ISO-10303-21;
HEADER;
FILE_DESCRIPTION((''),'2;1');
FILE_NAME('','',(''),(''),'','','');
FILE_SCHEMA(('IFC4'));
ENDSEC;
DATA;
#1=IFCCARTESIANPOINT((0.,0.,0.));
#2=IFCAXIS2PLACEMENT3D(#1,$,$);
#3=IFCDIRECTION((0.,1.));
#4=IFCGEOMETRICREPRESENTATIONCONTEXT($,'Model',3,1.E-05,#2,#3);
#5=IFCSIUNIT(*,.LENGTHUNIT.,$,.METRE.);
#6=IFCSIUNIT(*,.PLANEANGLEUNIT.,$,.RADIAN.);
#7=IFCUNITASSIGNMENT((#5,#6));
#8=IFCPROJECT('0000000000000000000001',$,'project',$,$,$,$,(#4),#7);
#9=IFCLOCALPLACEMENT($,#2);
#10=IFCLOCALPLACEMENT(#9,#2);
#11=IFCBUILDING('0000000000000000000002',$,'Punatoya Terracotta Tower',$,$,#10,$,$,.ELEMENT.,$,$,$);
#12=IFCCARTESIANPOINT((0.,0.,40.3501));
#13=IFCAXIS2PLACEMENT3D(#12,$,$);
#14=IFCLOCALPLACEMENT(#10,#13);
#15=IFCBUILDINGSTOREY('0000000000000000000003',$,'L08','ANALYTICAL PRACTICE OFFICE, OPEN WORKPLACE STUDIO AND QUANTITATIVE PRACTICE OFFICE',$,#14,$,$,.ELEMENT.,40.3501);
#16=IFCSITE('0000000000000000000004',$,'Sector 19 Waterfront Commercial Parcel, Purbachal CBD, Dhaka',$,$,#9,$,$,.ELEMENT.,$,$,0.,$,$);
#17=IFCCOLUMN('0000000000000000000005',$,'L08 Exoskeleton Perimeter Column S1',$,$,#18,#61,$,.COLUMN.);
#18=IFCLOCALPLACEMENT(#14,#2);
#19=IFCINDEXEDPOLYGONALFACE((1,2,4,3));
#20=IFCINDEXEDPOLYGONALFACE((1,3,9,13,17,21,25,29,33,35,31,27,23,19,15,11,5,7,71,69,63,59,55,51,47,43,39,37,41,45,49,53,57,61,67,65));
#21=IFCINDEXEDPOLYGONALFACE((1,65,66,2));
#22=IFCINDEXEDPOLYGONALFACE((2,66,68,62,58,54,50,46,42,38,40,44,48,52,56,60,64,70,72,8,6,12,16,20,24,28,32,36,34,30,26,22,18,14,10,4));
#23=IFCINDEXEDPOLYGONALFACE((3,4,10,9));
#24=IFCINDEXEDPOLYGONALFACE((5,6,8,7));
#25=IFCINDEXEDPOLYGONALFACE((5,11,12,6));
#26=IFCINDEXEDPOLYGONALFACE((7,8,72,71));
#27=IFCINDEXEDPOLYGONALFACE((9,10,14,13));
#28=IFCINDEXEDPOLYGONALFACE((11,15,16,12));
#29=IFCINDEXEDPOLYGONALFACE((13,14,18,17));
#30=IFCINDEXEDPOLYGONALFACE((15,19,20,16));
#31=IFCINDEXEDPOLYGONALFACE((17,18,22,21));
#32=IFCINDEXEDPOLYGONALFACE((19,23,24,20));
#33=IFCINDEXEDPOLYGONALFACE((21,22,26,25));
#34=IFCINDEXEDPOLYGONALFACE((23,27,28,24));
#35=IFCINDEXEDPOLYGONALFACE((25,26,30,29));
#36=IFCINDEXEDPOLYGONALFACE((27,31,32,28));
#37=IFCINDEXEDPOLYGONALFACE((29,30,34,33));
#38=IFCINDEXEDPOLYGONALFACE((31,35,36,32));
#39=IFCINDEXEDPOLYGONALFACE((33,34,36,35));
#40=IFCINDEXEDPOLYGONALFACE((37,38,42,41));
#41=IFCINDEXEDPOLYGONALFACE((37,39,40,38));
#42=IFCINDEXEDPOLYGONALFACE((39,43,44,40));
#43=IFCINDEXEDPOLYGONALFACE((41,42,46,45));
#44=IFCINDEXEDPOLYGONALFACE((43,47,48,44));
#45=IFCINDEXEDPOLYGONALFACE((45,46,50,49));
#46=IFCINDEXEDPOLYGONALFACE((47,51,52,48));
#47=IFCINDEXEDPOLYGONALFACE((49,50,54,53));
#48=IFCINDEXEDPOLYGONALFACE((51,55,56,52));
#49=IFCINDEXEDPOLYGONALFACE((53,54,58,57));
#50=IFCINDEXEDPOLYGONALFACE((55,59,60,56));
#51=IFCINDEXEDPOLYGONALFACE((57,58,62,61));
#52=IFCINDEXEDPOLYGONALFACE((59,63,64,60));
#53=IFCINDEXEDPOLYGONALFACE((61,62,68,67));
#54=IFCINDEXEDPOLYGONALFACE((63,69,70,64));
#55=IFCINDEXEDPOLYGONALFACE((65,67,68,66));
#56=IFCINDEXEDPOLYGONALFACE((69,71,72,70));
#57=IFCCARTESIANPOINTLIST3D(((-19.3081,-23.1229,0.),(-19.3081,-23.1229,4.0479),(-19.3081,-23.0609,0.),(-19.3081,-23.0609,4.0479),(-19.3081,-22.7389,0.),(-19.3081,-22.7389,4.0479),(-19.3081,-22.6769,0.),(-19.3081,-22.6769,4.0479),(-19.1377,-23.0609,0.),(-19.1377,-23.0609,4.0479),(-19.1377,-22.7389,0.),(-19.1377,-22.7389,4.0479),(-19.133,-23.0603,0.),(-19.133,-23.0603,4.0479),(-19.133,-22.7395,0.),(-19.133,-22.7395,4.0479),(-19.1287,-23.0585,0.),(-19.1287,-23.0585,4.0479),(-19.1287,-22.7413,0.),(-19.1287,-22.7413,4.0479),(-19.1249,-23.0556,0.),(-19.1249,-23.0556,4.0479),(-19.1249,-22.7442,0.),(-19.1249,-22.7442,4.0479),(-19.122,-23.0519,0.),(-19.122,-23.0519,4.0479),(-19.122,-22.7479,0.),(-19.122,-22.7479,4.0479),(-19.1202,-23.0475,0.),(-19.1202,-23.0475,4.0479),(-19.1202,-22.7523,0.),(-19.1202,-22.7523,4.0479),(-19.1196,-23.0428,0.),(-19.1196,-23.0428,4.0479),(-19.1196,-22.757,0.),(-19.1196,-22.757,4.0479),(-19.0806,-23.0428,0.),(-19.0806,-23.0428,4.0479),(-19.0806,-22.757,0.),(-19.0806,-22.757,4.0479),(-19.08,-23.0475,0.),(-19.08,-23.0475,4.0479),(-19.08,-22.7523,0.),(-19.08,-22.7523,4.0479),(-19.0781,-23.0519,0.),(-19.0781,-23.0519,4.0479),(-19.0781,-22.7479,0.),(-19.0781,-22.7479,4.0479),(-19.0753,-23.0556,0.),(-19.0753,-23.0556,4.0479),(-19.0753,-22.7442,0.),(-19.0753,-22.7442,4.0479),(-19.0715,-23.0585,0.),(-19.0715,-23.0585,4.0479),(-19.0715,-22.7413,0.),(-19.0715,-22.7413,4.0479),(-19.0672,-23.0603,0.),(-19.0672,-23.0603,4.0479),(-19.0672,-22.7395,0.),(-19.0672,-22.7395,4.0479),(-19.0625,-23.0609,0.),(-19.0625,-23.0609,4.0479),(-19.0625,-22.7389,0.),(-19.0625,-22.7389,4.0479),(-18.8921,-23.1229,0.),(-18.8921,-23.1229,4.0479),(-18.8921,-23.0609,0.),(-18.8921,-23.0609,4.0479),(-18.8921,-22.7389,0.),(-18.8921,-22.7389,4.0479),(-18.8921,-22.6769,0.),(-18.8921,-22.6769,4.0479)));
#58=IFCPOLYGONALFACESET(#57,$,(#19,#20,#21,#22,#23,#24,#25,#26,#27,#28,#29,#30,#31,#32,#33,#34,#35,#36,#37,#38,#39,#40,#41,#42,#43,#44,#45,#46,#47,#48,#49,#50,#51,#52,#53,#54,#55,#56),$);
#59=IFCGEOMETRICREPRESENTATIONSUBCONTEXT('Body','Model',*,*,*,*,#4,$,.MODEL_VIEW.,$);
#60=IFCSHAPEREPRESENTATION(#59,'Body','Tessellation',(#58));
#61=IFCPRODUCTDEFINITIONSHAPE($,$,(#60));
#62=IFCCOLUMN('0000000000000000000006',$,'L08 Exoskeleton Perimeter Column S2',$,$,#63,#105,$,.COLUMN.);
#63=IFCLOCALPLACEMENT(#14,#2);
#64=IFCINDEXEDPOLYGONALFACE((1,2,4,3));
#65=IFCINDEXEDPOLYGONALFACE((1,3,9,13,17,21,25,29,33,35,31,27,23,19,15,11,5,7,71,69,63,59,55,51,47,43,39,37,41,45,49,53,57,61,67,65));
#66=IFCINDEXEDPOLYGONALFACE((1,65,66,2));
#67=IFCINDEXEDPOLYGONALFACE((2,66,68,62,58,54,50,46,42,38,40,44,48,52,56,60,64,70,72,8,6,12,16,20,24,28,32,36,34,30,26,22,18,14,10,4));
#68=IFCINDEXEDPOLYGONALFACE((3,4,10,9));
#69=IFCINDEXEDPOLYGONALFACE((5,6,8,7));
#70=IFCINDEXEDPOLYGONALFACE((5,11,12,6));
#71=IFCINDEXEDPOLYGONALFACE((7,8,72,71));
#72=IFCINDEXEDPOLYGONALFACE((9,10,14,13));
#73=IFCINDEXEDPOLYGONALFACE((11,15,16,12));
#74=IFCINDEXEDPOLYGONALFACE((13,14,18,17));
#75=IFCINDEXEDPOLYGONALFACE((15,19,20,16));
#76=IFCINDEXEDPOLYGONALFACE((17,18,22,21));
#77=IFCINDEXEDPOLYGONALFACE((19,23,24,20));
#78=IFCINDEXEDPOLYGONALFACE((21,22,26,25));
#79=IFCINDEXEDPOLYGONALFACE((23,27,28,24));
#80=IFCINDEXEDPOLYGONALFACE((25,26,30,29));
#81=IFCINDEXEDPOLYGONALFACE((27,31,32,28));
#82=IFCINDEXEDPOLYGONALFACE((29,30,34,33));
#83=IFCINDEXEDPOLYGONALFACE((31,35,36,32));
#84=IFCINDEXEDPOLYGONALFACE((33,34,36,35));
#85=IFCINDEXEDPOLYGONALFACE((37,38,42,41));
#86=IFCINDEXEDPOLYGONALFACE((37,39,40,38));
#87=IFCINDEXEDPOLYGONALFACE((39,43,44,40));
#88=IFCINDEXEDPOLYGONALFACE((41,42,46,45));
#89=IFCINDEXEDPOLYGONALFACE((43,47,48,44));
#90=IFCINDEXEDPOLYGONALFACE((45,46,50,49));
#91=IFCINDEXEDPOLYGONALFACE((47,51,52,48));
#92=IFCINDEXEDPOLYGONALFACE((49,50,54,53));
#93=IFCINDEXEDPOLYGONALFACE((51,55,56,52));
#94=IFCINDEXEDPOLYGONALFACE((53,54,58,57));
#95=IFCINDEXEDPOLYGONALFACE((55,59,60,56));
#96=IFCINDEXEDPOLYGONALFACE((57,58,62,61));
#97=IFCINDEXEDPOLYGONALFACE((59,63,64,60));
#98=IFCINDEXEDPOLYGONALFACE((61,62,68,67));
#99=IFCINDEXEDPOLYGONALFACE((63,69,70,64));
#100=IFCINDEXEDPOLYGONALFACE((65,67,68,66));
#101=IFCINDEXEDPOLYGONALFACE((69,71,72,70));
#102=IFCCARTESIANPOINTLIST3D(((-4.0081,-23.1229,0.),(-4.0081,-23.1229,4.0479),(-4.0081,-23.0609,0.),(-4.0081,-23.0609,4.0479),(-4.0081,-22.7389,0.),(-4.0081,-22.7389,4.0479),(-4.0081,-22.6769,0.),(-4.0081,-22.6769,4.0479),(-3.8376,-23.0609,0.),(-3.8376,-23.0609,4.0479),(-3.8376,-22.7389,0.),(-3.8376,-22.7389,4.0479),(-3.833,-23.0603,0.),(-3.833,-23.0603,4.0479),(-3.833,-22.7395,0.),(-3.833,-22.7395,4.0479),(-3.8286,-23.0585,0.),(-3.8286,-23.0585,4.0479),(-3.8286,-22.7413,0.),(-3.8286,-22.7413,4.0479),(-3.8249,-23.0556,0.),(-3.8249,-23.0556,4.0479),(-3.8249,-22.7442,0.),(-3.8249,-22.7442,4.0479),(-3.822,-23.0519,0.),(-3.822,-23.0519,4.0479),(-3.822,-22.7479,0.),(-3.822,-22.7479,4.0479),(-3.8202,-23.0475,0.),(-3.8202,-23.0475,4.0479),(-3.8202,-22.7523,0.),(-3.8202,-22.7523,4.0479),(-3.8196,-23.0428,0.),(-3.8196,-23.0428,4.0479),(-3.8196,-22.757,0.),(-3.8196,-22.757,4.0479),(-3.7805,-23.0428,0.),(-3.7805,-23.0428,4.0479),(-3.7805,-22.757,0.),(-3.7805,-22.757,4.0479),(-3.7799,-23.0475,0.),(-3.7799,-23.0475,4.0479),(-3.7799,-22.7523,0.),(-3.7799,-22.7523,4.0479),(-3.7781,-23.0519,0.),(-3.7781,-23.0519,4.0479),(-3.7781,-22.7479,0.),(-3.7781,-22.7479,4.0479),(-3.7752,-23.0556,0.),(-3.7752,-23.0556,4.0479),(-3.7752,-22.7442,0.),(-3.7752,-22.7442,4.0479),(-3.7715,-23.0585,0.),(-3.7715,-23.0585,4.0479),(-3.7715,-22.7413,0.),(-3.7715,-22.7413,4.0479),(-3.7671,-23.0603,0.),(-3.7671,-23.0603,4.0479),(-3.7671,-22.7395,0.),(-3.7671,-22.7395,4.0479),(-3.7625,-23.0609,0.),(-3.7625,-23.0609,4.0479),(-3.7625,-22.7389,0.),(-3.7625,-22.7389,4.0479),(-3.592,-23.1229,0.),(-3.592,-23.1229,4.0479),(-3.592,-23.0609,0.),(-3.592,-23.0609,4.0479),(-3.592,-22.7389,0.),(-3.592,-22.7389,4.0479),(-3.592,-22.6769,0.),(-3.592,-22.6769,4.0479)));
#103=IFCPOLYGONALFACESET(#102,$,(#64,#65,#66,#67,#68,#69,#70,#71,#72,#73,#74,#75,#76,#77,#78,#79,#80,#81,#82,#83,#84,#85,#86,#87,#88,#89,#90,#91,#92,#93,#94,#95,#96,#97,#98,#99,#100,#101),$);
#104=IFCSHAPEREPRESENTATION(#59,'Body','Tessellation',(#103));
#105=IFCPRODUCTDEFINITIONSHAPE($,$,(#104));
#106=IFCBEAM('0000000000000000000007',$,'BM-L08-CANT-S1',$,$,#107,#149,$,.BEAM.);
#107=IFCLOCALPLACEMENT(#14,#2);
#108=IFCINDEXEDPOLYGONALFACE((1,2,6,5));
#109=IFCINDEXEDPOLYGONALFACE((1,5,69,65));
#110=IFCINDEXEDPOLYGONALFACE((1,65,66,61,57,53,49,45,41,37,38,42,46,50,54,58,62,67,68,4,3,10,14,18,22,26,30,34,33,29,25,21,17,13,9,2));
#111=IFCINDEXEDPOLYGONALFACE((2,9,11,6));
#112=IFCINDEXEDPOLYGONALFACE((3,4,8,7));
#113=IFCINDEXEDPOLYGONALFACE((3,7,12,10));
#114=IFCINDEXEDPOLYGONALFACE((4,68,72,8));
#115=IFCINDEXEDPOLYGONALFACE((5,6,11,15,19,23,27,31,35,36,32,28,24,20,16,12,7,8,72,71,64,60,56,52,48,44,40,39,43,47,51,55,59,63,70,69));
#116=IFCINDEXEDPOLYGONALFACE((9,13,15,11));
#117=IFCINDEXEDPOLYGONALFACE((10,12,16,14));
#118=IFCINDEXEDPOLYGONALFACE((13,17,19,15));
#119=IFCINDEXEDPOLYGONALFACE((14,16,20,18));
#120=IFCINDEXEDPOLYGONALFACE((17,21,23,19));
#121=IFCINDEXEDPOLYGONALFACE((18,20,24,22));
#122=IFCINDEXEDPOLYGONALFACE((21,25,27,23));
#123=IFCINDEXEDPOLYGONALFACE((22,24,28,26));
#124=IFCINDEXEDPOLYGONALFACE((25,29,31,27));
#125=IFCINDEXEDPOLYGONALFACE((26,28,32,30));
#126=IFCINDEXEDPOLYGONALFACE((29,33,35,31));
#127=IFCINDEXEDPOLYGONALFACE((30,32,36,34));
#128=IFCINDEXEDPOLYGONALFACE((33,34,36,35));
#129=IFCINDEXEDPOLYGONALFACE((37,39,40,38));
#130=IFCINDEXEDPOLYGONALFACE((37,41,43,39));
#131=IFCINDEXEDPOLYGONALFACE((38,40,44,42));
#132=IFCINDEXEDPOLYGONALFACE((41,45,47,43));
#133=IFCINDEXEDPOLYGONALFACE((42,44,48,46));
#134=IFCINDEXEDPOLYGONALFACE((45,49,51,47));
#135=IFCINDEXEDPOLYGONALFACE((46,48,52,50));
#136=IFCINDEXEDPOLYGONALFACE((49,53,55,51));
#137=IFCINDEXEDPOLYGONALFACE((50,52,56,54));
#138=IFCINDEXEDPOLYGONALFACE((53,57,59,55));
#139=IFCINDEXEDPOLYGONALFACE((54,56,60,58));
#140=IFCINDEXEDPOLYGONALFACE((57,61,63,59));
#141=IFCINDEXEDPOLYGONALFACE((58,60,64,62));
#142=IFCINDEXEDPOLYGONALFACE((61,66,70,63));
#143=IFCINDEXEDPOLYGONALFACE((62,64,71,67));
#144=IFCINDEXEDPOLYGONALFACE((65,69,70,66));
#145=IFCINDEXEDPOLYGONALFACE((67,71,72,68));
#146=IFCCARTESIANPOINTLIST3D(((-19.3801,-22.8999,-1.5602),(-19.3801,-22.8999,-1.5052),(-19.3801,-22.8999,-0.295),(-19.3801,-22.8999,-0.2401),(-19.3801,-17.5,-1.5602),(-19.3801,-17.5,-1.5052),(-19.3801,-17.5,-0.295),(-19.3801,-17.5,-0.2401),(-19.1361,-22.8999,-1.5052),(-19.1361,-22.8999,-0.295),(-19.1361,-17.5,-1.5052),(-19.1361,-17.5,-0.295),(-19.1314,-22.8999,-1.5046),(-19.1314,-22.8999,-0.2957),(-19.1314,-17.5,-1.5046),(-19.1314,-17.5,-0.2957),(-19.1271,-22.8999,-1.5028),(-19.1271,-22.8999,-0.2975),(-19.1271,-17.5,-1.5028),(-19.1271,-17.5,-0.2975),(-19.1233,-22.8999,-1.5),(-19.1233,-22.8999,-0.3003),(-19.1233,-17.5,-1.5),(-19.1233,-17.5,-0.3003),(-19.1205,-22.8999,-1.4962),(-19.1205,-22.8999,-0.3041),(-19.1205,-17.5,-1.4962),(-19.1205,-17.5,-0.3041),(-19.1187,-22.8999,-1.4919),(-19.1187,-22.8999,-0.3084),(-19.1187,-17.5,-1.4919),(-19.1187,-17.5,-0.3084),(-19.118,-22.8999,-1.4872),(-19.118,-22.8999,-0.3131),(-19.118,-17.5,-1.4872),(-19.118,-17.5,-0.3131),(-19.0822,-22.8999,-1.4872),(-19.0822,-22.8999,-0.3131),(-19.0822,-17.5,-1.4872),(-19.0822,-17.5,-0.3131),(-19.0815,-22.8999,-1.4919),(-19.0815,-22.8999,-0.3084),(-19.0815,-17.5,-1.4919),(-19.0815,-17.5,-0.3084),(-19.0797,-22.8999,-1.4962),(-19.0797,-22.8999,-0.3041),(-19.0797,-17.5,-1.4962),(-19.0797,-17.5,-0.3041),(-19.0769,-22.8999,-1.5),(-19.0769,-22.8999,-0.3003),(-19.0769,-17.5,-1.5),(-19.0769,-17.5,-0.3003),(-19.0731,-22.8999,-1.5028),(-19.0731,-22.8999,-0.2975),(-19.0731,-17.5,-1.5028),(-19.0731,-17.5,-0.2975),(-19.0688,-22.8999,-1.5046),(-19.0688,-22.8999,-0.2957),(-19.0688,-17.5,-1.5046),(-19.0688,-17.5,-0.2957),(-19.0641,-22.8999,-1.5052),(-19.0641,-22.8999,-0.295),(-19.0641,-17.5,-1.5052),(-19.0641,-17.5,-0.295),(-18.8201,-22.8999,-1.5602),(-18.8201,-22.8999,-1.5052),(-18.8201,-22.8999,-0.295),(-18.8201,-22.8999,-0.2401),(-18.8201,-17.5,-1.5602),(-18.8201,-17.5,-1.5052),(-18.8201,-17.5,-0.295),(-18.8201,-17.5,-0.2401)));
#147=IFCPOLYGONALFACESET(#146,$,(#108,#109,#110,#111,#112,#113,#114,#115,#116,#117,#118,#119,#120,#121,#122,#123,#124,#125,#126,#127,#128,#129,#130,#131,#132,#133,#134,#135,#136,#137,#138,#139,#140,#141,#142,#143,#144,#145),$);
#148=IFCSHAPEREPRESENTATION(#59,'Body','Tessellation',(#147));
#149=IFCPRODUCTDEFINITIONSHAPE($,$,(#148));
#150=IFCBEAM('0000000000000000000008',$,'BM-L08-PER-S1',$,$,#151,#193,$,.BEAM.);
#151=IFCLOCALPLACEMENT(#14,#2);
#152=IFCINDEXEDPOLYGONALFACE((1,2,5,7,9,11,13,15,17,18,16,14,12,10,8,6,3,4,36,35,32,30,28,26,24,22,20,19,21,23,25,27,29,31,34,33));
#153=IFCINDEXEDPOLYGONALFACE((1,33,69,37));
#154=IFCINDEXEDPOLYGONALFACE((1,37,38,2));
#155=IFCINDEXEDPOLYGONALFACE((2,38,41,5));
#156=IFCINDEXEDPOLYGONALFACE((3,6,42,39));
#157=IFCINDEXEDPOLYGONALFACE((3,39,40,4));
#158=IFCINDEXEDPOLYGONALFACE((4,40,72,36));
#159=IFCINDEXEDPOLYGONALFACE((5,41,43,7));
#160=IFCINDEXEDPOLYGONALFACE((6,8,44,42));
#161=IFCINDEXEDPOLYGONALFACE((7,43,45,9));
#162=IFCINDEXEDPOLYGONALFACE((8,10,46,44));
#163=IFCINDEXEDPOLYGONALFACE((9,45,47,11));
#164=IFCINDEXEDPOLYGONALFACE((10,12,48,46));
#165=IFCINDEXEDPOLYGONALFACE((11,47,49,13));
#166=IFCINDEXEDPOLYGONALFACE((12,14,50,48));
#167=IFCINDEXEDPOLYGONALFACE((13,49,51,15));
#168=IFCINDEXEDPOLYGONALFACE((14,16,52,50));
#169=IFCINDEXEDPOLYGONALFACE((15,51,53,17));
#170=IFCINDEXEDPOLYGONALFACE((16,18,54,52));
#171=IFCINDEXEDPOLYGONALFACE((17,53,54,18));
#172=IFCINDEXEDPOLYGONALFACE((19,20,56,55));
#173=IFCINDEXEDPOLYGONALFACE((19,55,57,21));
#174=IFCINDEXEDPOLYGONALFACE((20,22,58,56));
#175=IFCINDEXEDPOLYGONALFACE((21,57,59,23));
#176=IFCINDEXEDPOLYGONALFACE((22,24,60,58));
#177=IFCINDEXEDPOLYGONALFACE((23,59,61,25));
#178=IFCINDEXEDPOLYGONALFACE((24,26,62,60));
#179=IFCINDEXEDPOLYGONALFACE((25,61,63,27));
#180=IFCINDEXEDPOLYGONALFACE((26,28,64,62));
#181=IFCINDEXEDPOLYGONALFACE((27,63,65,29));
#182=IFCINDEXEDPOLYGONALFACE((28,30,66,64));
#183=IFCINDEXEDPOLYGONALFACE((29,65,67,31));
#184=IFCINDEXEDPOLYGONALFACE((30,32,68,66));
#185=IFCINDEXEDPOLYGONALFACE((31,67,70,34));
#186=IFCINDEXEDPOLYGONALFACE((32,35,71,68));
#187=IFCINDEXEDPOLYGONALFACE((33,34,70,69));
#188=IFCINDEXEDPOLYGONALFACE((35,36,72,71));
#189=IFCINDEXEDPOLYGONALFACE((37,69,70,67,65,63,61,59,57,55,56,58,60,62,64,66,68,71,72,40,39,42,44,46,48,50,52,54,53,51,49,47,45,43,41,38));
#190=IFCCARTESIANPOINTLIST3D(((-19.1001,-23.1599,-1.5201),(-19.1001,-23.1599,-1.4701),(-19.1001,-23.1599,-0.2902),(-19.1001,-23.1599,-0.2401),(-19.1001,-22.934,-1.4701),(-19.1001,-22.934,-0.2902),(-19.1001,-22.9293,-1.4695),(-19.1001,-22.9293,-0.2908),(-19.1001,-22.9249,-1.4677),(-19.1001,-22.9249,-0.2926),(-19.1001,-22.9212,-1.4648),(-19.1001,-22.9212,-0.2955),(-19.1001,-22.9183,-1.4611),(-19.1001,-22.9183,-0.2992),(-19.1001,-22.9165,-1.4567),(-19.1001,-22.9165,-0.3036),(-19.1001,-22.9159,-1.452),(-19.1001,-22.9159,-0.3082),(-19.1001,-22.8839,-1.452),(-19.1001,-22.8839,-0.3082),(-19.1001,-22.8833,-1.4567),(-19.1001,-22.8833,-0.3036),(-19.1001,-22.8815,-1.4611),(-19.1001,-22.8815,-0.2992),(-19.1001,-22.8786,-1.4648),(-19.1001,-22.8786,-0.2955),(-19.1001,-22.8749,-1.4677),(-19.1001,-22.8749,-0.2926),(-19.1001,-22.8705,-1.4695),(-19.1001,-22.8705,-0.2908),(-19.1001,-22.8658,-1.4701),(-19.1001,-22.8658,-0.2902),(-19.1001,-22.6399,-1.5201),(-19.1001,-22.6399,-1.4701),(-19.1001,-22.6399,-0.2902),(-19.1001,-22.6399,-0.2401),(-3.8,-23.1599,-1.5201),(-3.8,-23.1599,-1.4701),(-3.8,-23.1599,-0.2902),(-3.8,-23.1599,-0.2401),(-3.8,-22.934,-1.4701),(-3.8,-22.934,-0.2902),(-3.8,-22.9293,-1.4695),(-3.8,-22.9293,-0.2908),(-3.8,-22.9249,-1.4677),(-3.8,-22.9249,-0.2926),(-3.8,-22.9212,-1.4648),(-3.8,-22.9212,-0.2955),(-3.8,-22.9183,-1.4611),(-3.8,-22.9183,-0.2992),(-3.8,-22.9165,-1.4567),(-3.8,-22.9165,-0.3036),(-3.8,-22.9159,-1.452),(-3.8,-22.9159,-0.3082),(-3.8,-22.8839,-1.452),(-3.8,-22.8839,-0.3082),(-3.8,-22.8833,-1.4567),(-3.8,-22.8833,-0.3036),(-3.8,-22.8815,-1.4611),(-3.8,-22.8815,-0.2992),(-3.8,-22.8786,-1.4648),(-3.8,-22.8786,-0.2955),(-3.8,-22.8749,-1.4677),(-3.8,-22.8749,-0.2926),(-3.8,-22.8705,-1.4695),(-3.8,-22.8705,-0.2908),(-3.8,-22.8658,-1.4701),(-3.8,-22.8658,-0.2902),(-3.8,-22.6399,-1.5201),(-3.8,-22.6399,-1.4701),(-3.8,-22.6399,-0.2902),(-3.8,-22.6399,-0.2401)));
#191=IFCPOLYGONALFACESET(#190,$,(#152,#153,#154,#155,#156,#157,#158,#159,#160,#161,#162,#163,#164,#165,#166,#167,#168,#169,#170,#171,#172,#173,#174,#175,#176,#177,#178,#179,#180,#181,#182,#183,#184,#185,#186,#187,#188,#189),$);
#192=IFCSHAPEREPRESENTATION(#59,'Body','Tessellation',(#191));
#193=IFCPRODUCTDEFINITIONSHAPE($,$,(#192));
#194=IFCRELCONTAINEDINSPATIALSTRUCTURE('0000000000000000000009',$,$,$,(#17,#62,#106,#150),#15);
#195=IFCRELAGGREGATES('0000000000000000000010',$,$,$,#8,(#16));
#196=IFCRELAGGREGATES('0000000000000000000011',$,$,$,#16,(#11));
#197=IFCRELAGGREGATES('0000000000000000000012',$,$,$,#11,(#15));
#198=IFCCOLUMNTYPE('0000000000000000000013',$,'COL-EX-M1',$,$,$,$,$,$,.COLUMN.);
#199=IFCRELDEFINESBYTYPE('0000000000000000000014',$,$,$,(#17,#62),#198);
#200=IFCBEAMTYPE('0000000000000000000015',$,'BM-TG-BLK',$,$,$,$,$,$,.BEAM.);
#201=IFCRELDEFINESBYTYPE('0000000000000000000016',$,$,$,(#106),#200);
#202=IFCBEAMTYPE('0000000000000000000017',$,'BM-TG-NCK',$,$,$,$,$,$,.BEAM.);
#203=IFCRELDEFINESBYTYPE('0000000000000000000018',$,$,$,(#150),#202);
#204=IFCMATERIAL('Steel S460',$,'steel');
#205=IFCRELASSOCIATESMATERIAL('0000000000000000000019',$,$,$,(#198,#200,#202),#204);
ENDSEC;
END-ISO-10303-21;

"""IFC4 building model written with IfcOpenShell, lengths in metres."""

from ifc_helpers import new_model, si_unit, direction, frame, origin, origin_2d, place, context, subcontext, project, spatial, i_section, extrude, material, material_profile, profile_set, type_object, element, save


model = new_model("IFC4")

# Units and contexts
model_context = context("Model", 3, precision=1e-05, world=origin(), true_north=direction((0.0, 1.0)))
body_context = subcontext(model_context, "Body", "Model", "MODEL_VIEW")
ifc_project = project(units=[si_unit("LENGTHUNIT", "METRE"), si_unit("PLANEANGLEUNIT", "RADIAN")], contexts=[model_context])

# Site, building, storey
site_placement = place(None, origin())
site = spatial("IfcSite", under=ifc_project, at=site_placement, Name="Sector 19 Waterfront Commercial Parcel, Purbachal CBD, Dhaka", CompositionType="ELEMENT", RefElevation=0.0)
building_placement = place(site_placement, origin())
building = spatial("IfcBuilding", under=site, at=building_placement, Name="Punatoya Terracotta Tower", CompositionType="ELEMENT")
storey_placement = place(building_placement, frame((0.0, 0.0, 40.3501)))
storey = spatial("IfcBuildingStorey", under=building, at=storey_placement, Name="L08", Description="ANALYTICAL PRACTICE OFFICE, OPEN WORKPLACE STUDIO AND QUANTITATIVE PRACTICE OFFICE", CompositionType="ELEMENT", Elevation=40.3501)

# Columns
ifc_material_1 = material(Name="Steel S460", Category="steel")
ifc_material_profile_1 = material_profile(ifc_material_1, i_section(OverallWidth=0.416, OverallDepth=0.446, WebThickness=0.0391, FlangeThickness=0.062, FilletRadius=0.0181, at=origin_2d()))
ifc_profile_set_1 = profile_set([ifc_material_profile_1], Name="Steel S460")
column_type = type_object("IfcColumnType", Name="COL-EX-M1", PredefinedType="COLUMN", material=ifc_profile_set_1)
for number, where, z_axis, x_axis, name in (
    (1, (-19.1001, -22.8999, 0.0), (0.0, 0.0, 1.0), (1.0, 0.0, 0.0), "L08 Exoskeleton Perimeter Column S1"),
    (2, (-3.8, -22.8999, 0.0), (0.0, 0.0, 1.0), (1.0, 0.0, 0.0), "L08 Exoskeleton Perimeter Column S2"),
):
    element("IfcColumn", number, at=place(storey_placement, frame(where, z_axis=z_axis, x_axis=x_axis)), inside=storey, type_object=column_type, Name=name, PredefinedType="COLUMN", context=body_context, shape_type="SweptSolid", body=[
        extrude(i_section(OverallWidth=0.416, OverallDepth=0.446, WebThickness=0.0391, FlangeThickness=0.062, FilletRadius=0.0181, at=origin_2d()), origin(), (0.0, 0.0, 1.0), 4.0479),
    ])

# Beams
ifc_material_profile_2 = material_profile(ifc_material_1, i_section(OverallWidth=0.5601, OverallDepth=1.3201, WebThickness=0.0359, FlangeThickness=0.0549, FilletRadius=0.0181, at=origin_2d()))
ifc_profile_set_2 = profile_set([ifc_material_profile_2], Name="Steel S460")
beam_type_1 = type_object("IfcBeamType", Name="BM-TG-BLK", PredefinedType="BEAM", material=ifc_profile_set_2)
beam_1_placement = place(storey_placement, frame((-19.1001, -22.8999, -0.9001), z_axis=(0.0, 1.0, 0.0), x_axis=(-1.0, 0.0, 0.0)))
element("IfcBeam", 3, at=beam_1_placement, inside=storey, type_object=beam_type_1, Name="BM-L08-CANT-S1", PredefinedType="BEAM", context=body_context, shape_type="SweptSolid", body=[
    extrude(i_section(OverallWidth=0.5601, OverallDepth=1.3201, WebThickness=0.0359, FlangeThickness=0.0549, FilletRadius=0.0181, at=origin_2d()), origin(), (0.0, 0.0, 1.0), 5.3999),
])
ifc_material_profile_3 = material_profile(ifc_material_1, i_section(OverallWidth=0.52, OverallDepth=1.28, WebThickness=0.032, FlangeThickness=0.05, FilletRadius=0.0181, at=origin_2d()))
ifc_profile_set_3 = profile_set([ifc_material_profile_3], Name="Steel S460")
beam_type_2 = type_object("IfcBeamType", Name="BM-TG-NCK", PredefinedType="BEAM", material=ifc_profile_set_3)
beam_2_placement = place(storey_placement, frame((-19.1001, -22.8999, -0.8801), z_axis=(1.0, 0.0, 0.0), x_axis=(0.0, 1.0, 0.0)))
element("IfcBeam", 4, at=beam_2_placement, inside=storey, type_object=beam_type_2, Name="BM-L08-PER-S1", PredefinedType="BEAM", context=body_context, shape_type="SweptSolid", body=[
    extrude(i_section(OverallWidth=0.52, OverallDepth=1.28, WebThickness=0.032, FlangeThickness=0.05, FilletRadius=0.0181, at=origin_2d()), origin(), (0.0, 0.0, 1.0), 15.3),
])

save(model, "model.ifc")
